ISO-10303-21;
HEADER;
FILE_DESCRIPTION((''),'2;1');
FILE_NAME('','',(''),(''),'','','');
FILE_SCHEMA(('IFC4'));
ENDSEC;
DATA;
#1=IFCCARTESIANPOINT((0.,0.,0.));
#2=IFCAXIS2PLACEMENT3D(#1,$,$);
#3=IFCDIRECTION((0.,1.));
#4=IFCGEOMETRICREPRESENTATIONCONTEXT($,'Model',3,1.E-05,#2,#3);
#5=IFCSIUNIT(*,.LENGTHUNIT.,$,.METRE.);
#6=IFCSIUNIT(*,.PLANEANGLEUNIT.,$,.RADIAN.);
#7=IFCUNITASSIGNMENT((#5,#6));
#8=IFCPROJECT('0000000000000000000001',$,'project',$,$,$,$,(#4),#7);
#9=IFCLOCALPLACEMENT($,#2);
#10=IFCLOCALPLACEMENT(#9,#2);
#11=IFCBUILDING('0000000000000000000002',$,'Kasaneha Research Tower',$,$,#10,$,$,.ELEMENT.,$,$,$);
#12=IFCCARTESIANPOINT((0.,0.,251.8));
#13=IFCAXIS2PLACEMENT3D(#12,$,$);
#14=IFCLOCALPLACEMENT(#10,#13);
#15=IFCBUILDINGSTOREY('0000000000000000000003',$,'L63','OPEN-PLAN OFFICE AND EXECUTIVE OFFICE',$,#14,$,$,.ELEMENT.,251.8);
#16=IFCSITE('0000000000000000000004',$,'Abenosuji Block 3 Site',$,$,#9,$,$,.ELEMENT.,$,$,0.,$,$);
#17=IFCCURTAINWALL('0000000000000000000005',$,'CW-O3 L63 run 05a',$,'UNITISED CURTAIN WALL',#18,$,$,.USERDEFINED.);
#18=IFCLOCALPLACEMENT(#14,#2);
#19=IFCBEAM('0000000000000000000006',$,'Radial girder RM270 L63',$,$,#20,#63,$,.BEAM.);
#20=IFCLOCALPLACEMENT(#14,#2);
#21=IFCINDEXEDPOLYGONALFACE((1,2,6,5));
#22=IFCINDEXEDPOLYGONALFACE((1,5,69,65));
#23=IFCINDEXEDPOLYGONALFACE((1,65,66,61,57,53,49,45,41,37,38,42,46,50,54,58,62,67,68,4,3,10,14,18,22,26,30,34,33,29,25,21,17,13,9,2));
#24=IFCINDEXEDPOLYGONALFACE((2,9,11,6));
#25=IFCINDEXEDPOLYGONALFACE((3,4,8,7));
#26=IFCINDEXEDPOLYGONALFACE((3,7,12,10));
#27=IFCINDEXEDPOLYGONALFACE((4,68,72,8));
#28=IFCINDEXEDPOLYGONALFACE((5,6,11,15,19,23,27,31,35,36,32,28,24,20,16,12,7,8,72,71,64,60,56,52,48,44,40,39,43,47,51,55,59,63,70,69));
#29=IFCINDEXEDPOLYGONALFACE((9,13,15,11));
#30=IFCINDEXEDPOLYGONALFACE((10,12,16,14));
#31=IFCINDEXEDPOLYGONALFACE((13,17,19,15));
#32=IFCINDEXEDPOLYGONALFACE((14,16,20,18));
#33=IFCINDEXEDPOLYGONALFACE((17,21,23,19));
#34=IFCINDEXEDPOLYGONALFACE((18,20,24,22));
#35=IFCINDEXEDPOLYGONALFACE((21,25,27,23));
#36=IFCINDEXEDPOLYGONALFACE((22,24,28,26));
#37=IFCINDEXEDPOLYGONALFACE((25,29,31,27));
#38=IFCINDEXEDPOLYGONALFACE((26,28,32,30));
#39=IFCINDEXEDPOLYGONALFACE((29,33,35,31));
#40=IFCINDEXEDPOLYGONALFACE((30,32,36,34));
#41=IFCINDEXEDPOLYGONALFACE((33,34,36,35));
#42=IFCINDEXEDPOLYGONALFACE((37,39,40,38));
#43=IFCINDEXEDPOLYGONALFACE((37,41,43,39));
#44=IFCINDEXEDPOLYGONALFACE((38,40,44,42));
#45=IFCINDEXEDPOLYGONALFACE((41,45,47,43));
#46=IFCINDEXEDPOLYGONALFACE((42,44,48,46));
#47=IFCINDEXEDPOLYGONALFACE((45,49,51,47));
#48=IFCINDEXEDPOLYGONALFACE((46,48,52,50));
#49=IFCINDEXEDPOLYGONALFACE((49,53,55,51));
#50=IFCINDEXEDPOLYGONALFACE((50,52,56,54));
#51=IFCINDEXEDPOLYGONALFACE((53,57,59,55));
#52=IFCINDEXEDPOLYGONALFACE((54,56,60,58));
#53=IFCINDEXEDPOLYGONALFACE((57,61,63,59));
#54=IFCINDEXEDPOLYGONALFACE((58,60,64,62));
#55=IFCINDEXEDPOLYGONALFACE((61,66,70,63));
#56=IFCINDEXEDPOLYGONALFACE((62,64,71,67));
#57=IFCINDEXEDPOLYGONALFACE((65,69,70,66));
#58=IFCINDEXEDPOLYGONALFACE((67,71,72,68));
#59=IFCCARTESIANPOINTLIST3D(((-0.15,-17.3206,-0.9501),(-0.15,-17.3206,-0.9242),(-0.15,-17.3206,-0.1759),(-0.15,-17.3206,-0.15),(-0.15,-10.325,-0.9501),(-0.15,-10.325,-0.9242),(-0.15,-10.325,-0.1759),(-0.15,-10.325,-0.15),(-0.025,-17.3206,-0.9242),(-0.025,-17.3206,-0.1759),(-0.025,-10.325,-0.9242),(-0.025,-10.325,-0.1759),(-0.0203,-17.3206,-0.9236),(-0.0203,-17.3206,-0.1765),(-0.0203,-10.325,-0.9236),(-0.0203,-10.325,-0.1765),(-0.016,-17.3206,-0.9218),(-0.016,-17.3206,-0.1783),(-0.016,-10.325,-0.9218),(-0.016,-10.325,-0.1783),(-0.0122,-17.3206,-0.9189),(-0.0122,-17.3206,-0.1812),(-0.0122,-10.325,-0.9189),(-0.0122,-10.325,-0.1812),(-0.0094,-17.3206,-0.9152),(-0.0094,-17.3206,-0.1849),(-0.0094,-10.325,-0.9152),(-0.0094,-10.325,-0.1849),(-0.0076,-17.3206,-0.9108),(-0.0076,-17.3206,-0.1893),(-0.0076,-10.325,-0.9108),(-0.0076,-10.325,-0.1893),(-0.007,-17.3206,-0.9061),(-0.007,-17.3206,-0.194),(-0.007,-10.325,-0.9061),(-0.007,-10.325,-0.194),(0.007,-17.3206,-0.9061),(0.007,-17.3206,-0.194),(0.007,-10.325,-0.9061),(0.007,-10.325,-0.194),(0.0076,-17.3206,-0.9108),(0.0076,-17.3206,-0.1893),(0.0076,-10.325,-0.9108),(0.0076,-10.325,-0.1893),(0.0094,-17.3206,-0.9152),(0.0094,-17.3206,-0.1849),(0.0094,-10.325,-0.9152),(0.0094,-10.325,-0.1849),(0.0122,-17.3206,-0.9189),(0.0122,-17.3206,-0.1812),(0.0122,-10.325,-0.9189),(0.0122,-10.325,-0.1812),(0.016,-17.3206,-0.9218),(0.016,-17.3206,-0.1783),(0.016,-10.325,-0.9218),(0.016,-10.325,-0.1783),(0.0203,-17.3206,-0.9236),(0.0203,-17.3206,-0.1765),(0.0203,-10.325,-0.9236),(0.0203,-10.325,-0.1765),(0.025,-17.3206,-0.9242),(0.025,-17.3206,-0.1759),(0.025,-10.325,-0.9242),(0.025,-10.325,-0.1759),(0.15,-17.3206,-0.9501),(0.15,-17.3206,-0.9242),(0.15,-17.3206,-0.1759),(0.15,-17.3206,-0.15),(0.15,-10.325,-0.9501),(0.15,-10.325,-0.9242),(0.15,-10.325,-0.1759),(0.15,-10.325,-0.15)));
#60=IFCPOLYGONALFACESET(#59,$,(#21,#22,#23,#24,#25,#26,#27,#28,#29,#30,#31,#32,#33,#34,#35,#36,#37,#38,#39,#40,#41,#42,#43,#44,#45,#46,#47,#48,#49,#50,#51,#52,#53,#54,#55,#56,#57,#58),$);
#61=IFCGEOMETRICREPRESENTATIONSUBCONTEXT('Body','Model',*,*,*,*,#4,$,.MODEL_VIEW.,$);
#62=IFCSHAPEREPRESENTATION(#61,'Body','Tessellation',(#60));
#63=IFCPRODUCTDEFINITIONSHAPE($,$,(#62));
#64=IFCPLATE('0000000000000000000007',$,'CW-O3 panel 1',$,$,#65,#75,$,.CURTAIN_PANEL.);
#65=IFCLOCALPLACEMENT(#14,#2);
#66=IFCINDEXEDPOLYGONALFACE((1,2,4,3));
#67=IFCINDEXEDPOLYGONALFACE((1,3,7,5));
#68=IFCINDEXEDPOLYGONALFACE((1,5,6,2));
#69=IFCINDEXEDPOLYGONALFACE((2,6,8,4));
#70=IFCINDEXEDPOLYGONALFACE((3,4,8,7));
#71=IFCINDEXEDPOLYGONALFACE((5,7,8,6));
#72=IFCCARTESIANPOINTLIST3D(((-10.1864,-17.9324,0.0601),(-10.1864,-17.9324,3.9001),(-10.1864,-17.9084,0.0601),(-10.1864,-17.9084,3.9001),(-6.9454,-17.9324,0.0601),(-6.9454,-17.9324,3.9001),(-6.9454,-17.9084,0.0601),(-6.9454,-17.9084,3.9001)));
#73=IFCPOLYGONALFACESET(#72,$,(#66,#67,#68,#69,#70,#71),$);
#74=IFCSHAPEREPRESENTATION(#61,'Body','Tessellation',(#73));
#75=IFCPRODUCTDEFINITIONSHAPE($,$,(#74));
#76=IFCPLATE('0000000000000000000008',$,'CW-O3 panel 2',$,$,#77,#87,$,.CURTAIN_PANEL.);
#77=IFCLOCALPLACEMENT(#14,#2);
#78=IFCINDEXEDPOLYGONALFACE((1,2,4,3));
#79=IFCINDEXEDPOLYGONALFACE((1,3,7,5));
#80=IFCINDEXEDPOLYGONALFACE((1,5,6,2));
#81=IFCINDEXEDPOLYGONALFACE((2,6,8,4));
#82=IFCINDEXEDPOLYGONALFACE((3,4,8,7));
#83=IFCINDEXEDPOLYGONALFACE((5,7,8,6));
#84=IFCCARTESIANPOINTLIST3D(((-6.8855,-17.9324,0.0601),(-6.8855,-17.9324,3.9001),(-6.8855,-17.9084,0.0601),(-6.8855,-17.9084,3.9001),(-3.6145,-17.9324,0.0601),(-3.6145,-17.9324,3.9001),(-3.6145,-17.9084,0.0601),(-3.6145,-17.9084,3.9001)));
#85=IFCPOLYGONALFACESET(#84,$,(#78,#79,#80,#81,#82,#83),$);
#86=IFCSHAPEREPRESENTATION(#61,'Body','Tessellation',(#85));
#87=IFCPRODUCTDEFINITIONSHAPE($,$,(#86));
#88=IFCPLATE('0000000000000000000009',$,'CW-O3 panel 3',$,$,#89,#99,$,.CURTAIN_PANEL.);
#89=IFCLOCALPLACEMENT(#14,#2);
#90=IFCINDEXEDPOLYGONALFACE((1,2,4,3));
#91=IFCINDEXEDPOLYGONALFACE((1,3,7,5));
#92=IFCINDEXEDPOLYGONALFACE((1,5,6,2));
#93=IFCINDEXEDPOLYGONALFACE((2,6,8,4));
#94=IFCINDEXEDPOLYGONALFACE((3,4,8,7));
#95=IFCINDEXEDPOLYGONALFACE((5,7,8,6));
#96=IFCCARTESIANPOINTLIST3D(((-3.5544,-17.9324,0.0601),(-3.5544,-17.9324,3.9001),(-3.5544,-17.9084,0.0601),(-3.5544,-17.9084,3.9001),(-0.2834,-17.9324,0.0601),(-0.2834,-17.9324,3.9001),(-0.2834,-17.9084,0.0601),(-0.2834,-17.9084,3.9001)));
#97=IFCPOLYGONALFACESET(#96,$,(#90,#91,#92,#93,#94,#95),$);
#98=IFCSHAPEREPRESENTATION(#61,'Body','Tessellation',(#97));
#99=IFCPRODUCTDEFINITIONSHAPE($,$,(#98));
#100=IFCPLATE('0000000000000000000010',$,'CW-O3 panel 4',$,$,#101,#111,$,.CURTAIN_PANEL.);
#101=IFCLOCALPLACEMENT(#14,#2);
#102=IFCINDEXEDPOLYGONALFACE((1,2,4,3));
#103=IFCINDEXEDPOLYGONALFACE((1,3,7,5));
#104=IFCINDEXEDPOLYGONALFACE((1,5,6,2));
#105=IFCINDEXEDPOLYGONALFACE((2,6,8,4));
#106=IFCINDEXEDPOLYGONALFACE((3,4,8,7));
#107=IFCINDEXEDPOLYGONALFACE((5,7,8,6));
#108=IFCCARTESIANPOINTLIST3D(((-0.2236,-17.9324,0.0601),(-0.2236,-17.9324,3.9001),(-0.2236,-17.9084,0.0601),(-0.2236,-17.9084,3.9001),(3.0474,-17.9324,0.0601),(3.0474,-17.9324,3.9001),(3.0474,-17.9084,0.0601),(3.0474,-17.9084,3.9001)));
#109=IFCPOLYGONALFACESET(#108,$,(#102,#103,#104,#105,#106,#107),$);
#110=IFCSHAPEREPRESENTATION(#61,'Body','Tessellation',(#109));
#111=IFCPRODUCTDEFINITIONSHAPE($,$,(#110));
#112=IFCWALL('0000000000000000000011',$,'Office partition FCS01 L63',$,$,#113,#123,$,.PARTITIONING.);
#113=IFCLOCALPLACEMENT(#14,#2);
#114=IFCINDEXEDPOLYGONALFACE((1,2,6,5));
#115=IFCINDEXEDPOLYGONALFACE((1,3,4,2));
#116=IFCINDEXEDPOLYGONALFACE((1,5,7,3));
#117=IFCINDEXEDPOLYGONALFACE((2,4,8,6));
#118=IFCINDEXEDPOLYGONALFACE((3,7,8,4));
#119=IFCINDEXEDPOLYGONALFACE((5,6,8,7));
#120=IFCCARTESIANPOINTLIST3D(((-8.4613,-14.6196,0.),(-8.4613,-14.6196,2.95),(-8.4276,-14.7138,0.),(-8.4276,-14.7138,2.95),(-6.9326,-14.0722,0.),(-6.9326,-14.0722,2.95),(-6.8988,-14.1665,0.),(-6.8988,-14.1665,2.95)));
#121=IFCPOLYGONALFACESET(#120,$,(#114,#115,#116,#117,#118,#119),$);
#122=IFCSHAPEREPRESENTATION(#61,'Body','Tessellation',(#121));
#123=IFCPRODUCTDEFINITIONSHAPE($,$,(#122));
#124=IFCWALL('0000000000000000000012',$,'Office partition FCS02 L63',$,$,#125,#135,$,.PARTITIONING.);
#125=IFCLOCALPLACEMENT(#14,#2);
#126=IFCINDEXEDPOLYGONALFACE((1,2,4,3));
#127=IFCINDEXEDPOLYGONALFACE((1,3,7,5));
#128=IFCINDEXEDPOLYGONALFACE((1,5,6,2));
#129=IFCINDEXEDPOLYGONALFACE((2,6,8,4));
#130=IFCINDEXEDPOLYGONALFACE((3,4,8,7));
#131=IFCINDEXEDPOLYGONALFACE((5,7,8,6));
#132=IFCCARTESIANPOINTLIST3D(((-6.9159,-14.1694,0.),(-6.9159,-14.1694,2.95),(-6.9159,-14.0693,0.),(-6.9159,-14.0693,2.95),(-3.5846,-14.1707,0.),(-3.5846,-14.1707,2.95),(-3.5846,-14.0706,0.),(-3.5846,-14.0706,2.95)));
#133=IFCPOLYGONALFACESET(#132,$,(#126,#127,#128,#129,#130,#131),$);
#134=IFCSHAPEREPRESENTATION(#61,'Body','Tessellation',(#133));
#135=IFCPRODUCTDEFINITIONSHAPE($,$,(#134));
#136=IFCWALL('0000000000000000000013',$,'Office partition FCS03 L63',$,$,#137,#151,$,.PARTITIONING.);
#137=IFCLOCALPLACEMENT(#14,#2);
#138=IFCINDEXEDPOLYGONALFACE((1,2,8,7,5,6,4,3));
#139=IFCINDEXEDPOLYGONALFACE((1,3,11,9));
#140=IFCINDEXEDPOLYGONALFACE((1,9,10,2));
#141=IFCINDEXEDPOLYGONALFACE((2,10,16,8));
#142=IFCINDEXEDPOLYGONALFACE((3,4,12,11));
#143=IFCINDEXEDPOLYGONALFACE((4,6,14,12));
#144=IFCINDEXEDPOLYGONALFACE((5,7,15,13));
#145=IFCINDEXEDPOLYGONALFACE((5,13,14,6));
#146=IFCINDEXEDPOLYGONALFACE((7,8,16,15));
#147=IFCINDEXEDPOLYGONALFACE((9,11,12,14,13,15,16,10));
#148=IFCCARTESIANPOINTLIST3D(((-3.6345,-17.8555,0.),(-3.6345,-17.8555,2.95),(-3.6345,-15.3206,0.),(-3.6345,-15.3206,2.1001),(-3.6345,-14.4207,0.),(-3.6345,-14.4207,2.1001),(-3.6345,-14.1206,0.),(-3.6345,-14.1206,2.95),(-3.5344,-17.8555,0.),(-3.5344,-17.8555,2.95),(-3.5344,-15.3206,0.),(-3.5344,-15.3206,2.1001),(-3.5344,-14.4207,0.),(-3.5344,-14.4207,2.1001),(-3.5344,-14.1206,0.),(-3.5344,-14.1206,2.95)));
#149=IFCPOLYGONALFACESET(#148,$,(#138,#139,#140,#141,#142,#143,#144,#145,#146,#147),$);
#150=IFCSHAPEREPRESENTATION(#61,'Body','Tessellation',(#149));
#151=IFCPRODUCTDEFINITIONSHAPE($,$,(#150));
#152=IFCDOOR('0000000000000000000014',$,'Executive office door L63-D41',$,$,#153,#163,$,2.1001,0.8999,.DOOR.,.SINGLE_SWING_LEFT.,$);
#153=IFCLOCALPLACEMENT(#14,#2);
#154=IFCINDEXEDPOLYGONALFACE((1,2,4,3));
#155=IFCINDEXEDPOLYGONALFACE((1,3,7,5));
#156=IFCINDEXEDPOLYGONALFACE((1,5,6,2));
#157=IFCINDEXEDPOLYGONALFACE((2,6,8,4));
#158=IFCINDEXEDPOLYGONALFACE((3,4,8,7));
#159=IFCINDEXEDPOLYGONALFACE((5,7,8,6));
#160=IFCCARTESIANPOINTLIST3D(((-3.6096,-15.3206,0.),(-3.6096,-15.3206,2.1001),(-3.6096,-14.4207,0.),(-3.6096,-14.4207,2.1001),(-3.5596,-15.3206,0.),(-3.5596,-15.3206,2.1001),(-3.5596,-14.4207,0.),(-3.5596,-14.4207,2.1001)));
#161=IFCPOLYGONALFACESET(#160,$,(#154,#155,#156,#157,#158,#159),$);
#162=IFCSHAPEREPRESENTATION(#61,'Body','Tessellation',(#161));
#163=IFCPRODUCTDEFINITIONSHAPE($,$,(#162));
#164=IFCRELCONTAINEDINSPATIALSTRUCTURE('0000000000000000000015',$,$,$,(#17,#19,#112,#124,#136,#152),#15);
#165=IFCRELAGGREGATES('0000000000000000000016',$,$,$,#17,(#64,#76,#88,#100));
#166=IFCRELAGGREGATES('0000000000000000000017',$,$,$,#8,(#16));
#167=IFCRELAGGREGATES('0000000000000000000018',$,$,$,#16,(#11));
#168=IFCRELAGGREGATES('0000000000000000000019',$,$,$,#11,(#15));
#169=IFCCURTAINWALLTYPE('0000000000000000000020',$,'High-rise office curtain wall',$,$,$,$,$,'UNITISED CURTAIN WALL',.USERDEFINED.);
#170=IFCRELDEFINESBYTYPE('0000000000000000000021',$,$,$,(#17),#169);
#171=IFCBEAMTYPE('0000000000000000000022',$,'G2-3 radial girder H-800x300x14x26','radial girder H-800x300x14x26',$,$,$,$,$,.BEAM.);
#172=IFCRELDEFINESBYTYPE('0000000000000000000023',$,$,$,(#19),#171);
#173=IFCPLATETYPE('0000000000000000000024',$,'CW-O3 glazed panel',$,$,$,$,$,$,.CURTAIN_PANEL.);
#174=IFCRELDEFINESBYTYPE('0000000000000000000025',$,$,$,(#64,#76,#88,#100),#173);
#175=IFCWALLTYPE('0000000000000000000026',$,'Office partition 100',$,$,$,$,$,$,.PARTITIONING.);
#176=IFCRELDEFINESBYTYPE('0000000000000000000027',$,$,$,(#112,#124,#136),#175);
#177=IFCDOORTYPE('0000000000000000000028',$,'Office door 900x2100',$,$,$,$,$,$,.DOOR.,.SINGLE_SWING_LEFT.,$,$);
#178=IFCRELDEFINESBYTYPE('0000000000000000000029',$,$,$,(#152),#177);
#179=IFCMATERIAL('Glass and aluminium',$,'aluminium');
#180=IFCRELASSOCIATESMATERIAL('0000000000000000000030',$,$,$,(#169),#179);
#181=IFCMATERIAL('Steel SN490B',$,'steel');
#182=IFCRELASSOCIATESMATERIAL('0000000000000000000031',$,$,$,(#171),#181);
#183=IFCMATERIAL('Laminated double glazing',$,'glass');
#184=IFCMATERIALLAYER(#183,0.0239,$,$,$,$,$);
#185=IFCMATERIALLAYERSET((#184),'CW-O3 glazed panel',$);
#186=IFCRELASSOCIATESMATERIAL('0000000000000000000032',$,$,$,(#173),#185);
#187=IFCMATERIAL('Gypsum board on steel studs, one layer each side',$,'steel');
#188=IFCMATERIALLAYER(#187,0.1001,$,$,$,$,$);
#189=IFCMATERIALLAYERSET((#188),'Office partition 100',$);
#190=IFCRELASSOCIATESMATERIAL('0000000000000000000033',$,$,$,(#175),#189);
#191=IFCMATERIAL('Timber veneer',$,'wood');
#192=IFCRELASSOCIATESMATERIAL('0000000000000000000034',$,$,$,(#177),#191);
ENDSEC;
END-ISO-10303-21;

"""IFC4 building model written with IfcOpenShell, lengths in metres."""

from ifc_helpers import new_model, si_unit, direction, frame, frame_2d, origin, origin_2d, place, context, subcontext, project, spatial, rectangle, i_section, extrude, material, layer, layer_set, material_profile, profile_set, type_object, element, fill, aggregate, save


model = new_model("IFC4")

# Units and contexts
model_context = context("Model", 3, precision=1e-05, world=origin(), true_north=direction((0.0, 1.0)))
body_context = subcontext(model_context, "Body", "Model", "MODEL_VIEW")
ifc_project = project(units=[si_unit("LENGTHUNIT", "METRE"), si_unit("PLANEANGLEUNIT", "RADIAN")], contexts=[model_context])

# Site, building, storey
site_placement = place(None, origin())
site = spatial("IfcSite", under=ifc_project, at=site_placement, Name="Abenosuji Block 3 Site", CompositionType="ELEMENT", RefElevation=0.0)
building_placement = place(site_placement, origin())
building = spatial("IfcBuilding", under=site, at=building_placement, Name="Kasaneha Research Tower", CompositionType="ELEMENT")
storey_placement = place(building_placement, frame((0.0, 0.0, 251.8)))
storey = spatial("IfcBuildingStorey", under=building, at=storey_placement, Name="L63", Description="OPEN-PLAN OFFICE AND EXECUTIVE OFFICE", CompositionType="ELEMENT", Elevation=251.8)

# Curtain wall
ifc_material_1 = material(Name="Glass and aluminium", Category="aluminium")
curtain_wall_type = type_object("IfcCurtainWallType", Name="High-rise office curtain wall", ElementType="UNITISED CURTAIN WALL", PredefinedType="USERDEFINED", material=ifc_material_1)
curtain_wall_placement = place(storey_placement, origin())
curtain_wall = element("IfcCurtainWall", 1, at=curtain_wall_placement, inside=storey, type_object=curtain_wall_type, Name="CW-O3 L63 run 05a", ObjectType="UNITISED CURTAIN WALL", PredefinedType="USERDEFINED")

# Beam
ifc_material_2 = material(Name="Steel SN490B", Category="steel")
ifc_material_profile_1 = material_profile(ifc_material_2, i_section(OverallWidth=0.3, OverallDepth=0.8, WebThickness=0.0139, FlangeThickness=0.0259, FilletRadius=0.0181, at=origin_2d()), Name="H-800x300x14x26")
ifc_profile_set_1 = profile_set([ifc_material_profile_1], Name="Steel SN490B")
beam_type_1 = type_object("IfcBeamType", Name="G2-3 radial girder H-800x300x14x26", Description="radial girder H-800x300x14x26", PredefinedType="BEAM", material=ifc_profile_set_1)
beam_1_placement = place(storey_placement, frame((0.0, -10.325, -0.55), z_axis=(0.0, -1.0, 0.0), x_axis=(1.0, 0.0, 0.0)))
element("IfcBeam", 2, at=beam_1_placement, inside=storey, type_object=beam_type_1, Name="Radial girder RM270 L63", PredefinedType="BEAM", context=body_context, shape_type="SweptSolid", body=[
    extrude(i_section(OverallWidth=0.3, OverallDepth=0.8, WebThickness=0.0139, FlangeThickness=0.0259, FilletRadius=0.0181, at=origin_2d()), origin(), (0.0, 0.0, 1.0), 6.9956),
])

# Plates
ifc_material_3 = material(Name="Laminated double glazing", Category="glass")
ifc_layer_1 = layer(ifc_material_3, 0.0239)
ifc_layer_set_1 = layer_set([ifc_layer_1], Name="CW-O3 glazed panel")
plate_type = type_object("IfcPlateType", Name="CW-O3 glazed panel", PredefinedType="CURTAIN_PANEL", material=ifc_layer_set_1)
plate_1_placement = place(storey_placement, frame((-8.5659, -17.9204, 0.0601), z_axis=(0.0, 0.0, 1.0), x_axis=(1.0, 0.0, 0.0)))
plate_1 = element("IfcPlate", 3, at=plate_1_placement, type_object=plate_type, Name="CW-O3 panel 1", PredefinedType="CURTAIN_PANEL", context=body_context, shape_type="SweptSolid", body=[
    extrude(rectangle(XDim=3.241, YDim=0.0239, at=origin_2d()), origin(), (0.0, 0.0, 1.0), 3.8401),
])
plate_2_placement = place(storey_placement, frame((-5.25, -17.9204, 0.0601), z_axis=(0.0, 0.0, 1.0), x_axis=(1.0, 0.0, 0.0)))
plate_2 = element("IfcPlate", 4, at=plate_2_placement, type_object=plate_type, Name="CW-O3 panel 2", PredefinedType="CURTAIN_PANEL", context=body_context, shape_type="SweptSolid", body=[
    extrude(rectangle(XDim=3.271, YDim=0.0239, at=origin_2d()), origin(), (0.0, 0.0, 1.0), 3.8401),
])
plate_3_placement = place(storey_placement, frame((-1.9189, -17.9204, 0.0601), z_axis=(0.0, 0.0, 1.0), x_axis=(1.0, 0.0, 0.0)))
plate_3 = element("IfcPlate", 5, at=plate_3_placement, type_object=plate_type, Name="CW-O3 panel 3", PredefinedType="CURTAIN_PANEL", context=body_context, shape_type="SweptSolid", body=[
    extrude(rectangle(XDim=3.271, YDim=0.0239, at=origin_2d()), origin(), (0.0, 0.0, 1.0), 3.8401),
])
plate_4_placement = place(storey_placement, frame((1.4119, -17.9204, 0.0601), z_axis=(0.0, 0.0, 1.0), x_axis=(1.0, 0.0, 0.0)))
plate_4 = element("IfcPlate", 6, at=plate_4_placement, type_object=plate_type, Name="CW-O3 panel 4", PredefinedType="CURTAIN_PANEL", context=body_context, shape_type="SweptSolid", body=[
    extrude(rectangle(XDim=3.271, YDim=0.0239, at=origin_2d()), origin(), (0.0, 0.0, 1.0), 3.8401),
])
aggregate(curtain_wall, [plate_1, plate_2, plate_3, plate_4])

# Walls
ifc_material_4 = material(Name="Gypsum board on steel studs, one layer each side", Category="steel")
ifc_layer_2 = layer(ifc_material_4, 0.1001)
ifc_layer_set_2 = layer_set([ifc_layer_2], Name="Office partition 100")
wall_type_1 = type_object("IfcWallType", Name="Office partition 100", PredefinedType="PARTITIONING", material=ifc_layer_set_2)
wall_1_placement = place(storey_placement, frame((-8.4446, -14.6667, 0.0), z_axis=(0.0, 0.0, 1.0), x_axis=(0.941476, 0.337079, 0.0)))
element("IfcWall", 7, at=wall_1_placement, inside=storey, type_object=wall_type_1, Name="Office partition FCS01 L63", PredefinedType="PARTITIONING", context=body_context, shape_type="SweptSolid", body=[
    extrude(rectangle(XDim=1.6238, YDim=0.1001, at=frame_2d((0.812, 0.0))), origin(), (0.0, 0.0, 1.0), 2.95),
])
wall_2_placement = place(storey_placement, frame((-6.9158, -14.1194, 0.0), z_axis=(0.0, 0.0, 1.0), x_axis=(1.0, -0.000366, 0.0)))
element("IfcWall", 8, at=wall_2_placement, inside=storey, type_object=wall_type_1, Name="Office partition FCS02 L63", PredefinedType="PARTITIONING", context=body_context, shape_type="SweptSolid", body=[
    extrude(rectangle(XDim=3.3313, YDim=0.1001, at=frame_2d((1.6655, 0.0))), origin(), (0.0, 0.0, 1.0), 2.95),
])

# Wall, opening, door
wall_3_placement = place(storey_placement, frame((-3.5845, -14.1206, 0.0), z_axis=(0.0, 0.0, 1.0), x_axis=(0.0, -1.0, 0.0)))
wall_3 = element("IfcWall", 9, at=wall_3_placement, inside=storey, type_object=wall_type_1, Name="Office partition FCS03 L63", PredefinedType="PARTITIONING", context=body_context, shape_type="SweptSolid", body=[
    extrude(rectangle(XDim=3.7349, YDim=0.1001, at=frame_2d((1.8674, 0.0))), origin(), (0.0, 0.0, 1.0), 2.95),
])
opening_1_placement = place(wall_3_placement, frame((0.3, 0.0, 0.0)))
opening_1 = element("IfcOpeningElement", 10, at=opening_1_placement, cuts=wall_3, PredefinedType="OPENING", context=body_context, shape_type="SweptSolid", body=[
    extrude(rectangle(XDim=0.8999, YDim=2.1001, at=frame_2d((0.45, 1.05))), frame((0.0, 0.0601, 0.0), z_axis=(0.0, -1.0, 0.0), x_axis=(1.0, 0.0, 0.0)), (0.0, 0.0, 1.0), 0.1201),
])
ifc_material_5 = material(Name="Timber veneer", Category="wood")
door_type_1 = type_object("IfcDoorType", Name="Office door 900x2100", OperationType="SINGLE_SWING_LEFT", PredefinedType="DOOR", material=ifc_material_5)
door_1_placement = place(opening_1_placement, origin())
door_1 = element("IfcDoor", 11, at=door_1_placement, inside=storey, type_object=door_type_1, Name="Executive office door L63-D41", OperationType="SINGLE_SWING_LEFT", OverallHeight=2.1001, OverallWidth=0.8999, PredefinedType="DOOR", context=body_context, shape_type="SweptSolid", body=[
    extrude(rectangle(XDim=0.8999, YDim=2.1001, at=frame_2d((0.45, 1.05))), frame((0.0, 0.0249, 0.0), z_axis=(0.0, -1.0, 0.0), x_axis=(1.0, 0.0, 0.0)), (0.0, 0.0, 1.0), 0.05),
])
fill(opening_1, door_1)

save(model, "model.ifc")
